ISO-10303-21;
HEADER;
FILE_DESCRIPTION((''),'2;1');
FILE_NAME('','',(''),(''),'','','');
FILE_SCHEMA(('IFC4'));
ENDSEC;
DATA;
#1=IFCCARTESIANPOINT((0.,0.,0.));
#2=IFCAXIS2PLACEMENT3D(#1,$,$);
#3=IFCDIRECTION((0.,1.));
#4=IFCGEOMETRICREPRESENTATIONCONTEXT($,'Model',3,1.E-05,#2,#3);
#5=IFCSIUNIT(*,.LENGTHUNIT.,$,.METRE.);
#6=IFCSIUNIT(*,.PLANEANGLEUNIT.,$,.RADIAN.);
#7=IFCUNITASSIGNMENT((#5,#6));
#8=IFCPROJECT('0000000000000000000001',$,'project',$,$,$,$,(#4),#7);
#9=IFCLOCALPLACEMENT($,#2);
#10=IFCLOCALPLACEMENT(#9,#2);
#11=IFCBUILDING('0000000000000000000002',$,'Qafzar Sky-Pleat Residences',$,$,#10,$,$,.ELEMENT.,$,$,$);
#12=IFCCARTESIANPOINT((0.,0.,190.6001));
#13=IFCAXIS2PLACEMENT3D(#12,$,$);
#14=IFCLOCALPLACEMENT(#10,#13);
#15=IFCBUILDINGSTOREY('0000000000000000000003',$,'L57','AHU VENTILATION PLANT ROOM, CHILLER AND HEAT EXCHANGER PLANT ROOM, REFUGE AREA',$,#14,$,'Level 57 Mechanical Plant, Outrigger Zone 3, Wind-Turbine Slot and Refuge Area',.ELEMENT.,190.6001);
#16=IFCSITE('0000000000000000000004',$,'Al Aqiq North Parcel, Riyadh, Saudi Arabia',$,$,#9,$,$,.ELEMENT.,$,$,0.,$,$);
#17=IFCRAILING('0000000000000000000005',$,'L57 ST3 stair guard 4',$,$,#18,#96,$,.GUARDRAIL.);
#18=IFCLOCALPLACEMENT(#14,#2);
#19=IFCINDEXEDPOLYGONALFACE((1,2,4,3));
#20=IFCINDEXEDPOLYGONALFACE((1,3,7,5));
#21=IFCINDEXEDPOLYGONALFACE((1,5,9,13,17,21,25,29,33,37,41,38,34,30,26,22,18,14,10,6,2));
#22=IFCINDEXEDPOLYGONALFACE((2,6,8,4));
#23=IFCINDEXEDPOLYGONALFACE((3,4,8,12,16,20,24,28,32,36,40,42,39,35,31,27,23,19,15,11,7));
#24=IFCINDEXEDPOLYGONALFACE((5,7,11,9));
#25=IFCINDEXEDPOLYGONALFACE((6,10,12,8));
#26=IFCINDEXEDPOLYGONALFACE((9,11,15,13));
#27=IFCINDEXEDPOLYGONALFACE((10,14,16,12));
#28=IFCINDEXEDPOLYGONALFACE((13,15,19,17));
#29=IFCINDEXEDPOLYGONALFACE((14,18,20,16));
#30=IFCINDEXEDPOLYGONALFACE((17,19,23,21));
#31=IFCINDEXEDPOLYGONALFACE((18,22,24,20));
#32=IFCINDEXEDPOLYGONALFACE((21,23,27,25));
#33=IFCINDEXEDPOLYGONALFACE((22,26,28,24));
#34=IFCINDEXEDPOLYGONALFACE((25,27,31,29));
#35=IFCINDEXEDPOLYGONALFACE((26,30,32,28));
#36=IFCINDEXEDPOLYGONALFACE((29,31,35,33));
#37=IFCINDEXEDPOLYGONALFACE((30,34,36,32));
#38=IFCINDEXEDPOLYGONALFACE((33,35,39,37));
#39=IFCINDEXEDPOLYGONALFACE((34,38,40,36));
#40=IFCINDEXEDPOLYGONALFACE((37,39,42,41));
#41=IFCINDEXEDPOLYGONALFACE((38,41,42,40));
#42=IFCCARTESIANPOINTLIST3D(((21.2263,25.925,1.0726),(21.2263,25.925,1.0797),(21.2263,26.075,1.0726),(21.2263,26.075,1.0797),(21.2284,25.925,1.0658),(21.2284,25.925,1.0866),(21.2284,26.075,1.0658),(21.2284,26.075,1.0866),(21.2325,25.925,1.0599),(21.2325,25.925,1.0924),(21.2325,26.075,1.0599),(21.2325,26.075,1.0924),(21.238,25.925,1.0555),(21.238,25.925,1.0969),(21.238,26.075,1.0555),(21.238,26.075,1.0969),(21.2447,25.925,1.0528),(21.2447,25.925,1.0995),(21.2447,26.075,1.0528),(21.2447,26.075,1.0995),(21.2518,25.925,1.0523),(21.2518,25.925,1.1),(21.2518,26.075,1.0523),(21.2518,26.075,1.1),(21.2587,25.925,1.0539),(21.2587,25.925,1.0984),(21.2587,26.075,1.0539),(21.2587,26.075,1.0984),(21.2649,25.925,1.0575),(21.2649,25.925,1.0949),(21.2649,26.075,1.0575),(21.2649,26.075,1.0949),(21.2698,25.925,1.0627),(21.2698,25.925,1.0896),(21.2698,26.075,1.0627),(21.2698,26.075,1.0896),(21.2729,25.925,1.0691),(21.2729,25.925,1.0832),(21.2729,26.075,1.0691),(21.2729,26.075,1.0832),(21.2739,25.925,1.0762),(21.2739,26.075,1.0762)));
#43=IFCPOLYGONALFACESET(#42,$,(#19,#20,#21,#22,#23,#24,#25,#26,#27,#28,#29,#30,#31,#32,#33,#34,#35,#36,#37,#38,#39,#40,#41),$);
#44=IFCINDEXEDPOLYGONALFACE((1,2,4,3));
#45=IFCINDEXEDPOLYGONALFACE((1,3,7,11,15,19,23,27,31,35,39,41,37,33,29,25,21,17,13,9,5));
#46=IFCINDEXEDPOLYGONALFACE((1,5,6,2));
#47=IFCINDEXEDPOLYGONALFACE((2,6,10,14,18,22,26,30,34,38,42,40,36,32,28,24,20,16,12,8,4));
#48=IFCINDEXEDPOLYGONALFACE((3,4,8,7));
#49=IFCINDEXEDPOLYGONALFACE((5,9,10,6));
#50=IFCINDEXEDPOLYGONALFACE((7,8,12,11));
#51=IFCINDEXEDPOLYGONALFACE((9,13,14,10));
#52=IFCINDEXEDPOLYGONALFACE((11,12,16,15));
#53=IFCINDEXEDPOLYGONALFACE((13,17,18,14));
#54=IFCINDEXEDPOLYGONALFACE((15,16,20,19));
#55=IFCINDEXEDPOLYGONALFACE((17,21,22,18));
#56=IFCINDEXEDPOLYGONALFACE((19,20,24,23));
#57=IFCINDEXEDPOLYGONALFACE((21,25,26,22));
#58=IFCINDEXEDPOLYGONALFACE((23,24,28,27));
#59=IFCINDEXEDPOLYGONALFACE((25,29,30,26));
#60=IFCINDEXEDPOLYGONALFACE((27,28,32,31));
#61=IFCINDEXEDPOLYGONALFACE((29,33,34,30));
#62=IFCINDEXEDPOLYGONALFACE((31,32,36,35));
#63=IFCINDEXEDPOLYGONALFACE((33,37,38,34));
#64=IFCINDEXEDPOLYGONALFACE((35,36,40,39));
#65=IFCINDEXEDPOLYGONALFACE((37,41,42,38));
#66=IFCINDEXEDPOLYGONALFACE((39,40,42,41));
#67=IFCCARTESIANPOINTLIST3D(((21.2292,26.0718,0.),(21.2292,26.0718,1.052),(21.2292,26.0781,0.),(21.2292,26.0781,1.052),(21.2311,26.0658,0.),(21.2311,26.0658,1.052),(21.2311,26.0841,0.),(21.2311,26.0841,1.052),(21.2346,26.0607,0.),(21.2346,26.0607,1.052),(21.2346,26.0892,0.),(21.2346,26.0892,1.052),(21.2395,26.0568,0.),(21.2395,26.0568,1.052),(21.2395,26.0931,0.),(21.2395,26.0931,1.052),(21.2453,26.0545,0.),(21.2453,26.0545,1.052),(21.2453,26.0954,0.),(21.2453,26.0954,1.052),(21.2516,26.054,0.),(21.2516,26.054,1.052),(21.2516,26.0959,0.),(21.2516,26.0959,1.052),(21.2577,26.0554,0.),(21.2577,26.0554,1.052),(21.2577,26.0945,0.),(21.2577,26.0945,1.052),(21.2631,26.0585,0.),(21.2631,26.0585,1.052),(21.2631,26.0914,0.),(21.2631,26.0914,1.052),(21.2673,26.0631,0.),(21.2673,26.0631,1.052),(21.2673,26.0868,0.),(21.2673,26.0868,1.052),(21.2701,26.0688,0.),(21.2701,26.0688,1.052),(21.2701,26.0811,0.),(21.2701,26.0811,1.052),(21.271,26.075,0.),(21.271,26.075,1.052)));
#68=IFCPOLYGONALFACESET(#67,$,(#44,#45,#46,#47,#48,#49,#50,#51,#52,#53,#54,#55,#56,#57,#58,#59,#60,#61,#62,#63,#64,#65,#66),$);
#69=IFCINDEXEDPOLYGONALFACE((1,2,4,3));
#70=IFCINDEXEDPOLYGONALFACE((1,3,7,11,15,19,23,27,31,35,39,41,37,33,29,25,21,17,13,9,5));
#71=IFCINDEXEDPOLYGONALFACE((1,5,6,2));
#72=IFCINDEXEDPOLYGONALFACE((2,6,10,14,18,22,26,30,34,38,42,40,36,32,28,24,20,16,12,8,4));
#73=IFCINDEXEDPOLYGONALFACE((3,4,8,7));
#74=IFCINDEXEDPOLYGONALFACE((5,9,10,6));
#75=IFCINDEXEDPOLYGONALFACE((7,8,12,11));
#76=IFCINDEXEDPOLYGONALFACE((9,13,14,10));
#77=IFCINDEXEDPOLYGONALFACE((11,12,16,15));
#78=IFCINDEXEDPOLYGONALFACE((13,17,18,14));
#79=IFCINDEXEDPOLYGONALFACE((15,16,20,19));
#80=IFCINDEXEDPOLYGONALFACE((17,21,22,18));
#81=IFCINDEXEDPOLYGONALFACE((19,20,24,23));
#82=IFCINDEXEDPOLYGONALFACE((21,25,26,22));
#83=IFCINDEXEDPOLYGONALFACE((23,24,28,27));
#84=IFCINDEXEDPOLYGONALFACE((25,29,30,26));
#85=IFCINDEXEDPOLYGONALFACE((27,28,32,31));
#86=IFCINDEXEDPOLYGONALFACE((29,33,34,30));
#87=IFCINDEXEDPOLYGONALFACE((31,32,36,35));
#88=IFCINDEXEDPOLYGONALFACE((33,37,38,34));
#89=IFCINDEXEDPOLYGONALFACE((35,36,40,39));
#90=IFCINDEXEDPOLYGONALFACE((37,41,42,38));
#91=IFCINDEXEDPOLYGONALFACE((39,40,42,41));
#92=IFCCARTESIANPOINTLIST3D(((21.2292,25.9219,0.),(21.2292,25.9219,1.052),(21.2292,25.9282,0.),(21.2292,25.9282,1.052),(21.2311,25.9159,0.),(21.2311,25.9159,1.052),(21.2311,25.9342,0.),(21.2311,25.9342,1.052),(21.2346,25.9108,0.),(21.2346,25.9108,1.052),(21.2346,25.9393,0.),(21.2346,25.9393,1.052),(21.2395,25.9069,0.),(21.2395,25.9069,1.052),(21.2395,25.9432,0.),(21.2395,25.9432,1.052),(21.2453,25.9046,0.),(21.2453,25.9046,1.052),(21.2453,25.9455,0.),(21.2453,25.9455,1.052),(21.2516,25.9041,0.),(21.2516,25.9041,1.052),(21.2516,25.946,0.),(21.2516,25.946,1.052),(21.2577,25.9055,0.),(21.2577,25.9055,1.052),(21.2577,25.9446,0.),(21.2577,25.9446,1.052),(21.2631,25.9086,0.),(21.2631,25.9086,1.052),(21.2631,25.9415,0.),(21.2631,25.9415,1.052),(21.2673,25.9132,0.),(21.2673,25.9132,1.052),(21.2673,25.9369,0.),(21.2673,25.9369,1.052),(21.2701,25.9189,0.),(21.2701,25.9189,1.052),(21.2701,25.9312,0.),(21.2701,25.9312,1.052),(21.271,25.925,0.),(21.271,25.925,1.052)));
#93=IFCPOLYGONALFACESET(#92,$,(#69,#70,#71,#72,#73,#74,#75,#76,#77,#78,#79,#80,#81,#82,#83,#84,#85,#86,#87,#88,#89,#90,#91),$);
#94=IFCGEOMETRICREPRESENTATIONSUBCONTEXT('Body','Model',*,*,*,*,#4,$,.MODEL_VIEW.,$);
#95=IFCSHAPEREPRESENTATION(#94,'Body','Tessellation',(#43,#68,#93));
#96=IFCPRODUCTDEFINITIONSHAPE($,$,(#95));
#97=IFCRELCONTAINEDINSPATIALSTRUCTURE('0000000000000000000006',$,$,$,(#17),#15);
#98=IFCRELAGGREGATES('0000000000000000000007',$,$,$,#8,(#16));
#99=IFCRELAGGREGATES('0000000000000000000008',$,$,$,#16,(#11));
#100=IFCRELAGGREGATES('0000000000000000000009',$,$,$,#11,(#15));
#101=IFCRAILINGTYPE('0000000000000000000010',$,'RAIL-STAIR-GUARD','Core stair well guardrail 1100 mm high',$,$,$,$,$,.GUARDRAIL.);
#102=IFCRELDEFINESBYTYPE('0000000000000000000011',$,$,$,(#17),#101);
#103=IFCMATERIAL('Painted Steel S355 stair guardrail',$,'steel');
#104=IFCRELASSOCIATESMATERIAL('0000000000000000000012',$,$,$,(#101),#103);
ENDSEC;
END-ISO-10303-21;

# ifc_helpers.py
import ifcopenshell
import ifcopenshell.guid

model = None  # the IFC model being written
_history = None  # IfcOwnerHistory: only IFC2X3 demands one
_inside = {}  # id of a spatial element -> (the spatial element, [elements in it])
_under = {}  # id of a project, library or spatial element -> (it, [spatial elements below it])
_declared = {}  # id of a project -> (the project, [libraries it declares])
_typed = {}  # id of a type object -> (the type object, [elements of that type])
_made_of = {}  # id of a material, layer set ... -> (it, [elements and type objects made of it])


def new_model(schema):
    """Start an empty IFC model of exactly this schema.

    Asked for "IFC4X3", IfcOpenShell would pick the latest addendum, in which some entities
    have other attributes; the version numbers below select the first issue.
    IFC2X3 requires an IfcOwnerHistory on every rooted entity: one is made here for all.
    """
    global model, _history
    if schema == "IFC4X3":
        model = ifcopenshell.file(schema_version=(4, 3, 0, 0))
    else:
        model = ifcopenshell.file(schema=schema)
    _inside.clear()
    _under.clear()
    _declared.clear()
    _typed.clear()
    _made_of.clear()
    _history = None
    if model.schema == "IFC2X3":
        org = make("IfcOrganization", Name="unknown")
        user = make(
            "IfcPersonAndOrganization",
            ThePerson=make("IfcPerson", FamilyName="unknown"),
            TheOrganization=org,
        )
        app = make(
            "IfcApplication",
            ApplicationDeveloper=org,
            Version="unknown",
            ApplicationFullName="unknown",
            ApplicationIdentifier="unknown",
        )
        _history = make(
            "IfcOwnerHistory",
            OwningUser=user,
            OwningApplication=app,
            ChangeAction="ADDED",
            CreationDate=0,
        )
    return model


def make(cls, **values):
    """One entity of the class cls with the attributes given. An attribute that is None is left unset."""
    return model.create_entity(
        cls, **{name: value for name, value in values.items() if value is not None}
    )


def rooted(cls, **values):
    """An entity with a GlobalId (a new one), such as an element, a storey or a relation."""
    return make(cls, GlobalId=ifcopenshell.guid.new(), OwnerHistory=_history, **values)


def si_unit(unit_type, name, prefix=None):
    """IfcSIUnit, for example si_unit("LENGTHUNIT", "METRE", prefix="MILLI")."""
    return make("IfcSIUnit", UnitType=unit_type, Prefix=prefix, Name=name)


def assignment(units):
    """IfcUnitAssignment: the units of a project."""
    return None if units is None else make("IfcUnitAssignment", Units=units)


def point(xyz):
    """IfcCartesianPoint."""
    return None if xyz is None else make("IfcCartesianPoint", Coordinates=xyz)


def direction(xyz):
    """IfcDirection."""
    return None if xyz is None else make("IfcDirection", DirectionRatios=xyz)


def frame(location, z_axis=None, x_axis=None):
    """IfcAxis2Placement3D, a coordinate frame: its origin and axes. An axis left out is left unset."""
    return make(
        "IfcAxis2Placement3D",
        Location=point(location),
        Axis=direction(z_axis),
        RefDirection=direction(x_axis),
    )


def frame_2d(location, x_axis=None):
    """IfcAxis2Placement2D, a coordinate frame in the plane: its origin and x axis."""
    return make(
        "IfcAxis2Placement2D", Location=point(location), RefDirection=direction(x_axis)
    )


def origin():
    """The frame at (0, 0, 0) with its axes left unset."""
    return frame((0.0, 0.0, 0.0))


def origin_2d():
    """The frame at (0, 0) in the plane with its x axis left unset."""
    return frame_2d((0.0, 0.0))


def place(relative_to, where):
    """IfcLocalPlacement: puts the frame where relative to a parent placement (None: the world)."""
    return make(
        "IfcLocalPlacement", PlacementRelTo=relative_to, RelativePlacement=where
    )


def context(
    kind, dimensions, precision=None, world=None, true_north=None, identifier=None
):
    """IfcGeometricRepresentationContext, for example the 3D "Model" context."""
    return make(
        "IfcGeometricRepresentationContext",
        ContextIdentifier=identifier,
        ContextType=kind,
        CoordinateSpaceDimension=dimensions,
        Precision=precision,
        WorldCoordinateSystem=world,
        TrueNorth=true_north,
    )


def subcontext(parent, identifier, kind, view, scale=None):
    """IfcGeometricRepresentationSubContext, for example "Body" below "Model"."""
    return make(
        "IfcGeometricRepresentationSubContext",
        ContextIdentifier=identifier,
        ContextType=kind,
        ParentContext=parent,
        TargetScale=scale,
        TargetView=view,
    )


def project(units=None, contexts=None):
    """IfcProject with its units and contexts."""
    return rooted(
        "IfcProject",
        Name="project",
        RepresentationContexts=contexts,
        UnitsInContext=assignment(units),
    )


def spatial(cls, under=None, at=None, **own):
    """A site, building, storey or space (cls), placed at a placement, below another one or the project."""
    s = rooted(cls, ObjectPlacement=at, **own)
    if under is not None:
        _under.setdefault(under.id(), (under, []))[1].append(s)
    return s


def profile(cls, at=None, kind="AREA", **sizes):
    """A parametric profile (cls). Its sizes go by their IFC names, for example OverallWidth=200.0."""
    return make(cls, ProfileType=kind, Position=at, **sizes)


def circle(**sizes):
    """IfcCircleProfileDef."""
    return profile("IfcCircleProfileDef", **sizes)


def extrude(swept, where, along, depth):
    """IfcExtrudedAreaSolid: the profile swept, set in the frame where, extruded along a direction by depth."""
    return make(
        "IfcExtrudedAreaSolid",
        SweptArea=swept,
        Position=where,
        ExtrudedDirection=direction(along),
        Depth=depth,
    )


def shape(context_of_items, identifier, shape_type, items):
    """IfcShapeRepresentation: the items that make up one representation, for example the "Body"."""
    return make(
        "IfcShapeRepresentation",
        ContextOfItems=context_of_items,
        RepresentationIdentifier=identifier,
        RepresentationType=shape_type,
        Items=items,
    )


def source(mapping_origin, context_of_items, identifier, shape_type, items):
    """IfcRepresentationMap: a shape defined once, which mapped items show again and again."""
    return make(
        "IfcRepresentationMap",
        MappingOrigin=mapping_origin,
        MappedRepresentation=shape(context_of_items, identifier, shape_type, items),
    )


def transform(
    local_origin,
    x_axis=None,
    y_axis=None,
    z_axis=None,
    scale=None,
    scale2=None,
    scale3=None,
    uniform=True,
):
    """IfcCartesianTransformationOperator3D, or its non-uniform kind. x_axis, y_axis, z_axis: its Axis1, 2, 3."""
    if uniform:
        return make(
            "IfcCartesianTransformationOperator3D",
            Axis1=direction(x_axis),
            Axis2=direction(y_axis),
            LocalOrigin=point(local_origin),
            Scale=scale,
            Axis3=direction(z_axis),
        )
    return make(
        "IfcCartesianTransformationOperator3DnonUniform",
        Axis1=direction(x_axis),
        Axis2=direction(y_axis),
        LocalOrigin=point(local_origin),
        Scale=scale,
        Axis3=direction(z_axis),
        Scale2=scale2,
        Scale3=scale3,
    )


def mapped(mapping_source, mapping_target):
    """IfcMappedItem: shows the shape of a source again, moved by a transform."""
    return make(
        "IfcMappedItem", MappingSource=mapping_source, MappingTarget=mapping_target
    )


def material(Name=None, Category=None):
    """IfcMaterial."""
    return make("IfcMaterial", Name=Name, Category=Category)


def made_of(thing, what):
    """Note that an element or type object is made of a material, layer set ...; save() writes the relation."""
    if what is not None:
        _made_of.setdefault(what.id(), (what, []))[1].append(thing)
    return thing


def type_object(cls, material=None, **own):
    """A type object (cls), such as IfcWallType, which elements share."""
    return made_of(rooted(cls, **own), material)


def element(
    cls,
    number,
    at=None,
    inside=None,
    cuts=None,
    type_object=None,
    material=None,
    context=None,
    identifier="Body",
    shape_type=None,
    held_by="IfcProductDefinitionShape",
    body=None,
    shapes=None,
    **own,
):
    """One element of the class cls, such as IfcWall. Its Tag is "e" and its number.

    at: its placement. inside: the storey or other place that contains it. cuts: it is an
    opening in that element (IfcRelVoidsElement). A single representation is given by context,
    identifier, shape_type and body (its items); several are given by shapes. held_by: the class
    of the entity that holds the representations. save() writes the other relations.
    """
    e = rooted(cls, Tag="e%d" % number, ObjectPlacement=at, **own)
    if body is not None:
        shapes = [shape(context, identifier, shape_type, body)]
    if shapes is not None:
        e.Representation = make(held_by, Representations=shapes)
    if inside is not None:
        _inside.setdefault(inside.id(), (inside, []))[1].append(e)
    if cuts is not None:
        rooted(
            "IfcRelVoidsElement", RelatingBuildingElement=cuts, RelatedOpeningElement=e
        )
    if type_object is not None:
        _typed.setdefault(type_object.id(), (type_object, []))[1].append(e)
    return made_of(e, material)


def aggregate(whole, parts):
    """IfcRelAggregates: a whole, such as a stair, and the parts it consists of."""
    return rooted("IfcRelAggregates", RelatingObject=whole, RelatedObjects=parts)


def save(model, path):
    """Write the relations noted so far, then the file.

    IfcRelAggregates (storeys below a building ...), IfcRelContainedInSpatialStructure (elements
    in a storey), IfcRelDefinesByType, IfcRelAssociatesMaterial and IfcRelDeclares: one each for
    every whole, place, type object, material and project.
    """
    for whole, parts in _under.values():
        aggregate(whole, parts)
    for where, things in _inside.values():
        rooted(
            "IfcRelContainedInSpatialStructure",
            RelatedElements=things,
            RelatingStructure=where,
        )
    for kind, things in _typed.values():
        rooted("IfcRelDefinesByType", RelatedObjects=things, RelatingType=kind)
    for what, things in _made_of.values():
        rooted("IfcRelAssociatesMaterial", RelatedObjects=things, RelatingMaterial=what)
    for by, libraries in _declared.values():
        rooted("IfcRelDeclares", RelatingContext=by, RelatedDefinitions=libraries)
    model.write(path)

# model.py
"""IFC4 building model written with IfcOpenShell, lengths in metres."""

from ifc_helpers import new_model, si_unit, direction, frame, origin, origin_2d, place, context, subcontext, project, spatial, circle, extrude, source, transform, mapped, material, type_object, element, save


model = new_model("IFC4")

# Units and contexts
model_context = context("Model", 3, precision=1e-05, world=origin(), true_north=direction((0.0, 1.0)))
body_context = subcontext(model_context, "Body", "Model", "MODEL_VIEW")
ifc_project = project(units=[si_unit("LENGTHUNIT", "METRE"), si_unit("PLANEANGLEUNIT", "RADIAN")], contexts=[model_context])

# Site, building, storey
site_placement = place(None, origin())
site = spatial("IfcSite", under=ifc_project, at=site_placement, Name="Al Aqiq North Parcel, Riyadh, Saudi Arabia", CompositionType="ELEMENT", RefElevation=0.0)
building_placement = place(site_placement, origin())
building = spatial("IfcBuilding", under=site, at=building_placement, Name="Qafzar Sky-Pleat Residences", CompositionType="ELEMENT")
storey_placement = place(building_placement, frame((0.0, 0.0, 190.6001)))
storey = spatial("IfcBuildingStorey", under=building, at=storey_placement, Name="L57", Description="AHU VENTILATION PLANT ROOM, CHILLER AND HEAT EXCHANGER PLANT ROOM, REFUGE AREA", LongName="Level 57 Mechanical Plant, Outrigger Zone 3, Wind-Turbine Slot and Refuge Area", CompositionType="ELEMENT", Elevation=190.6001)

# Railing
ifc_material_1 = material(Name="Painted Steel S355 stair guardrail", Category="steel")
railing_type_1 = type_object("IfcRailingType", Name="RAIL-STAIR-GUARD", Description="Core stair well guardrail 1100 mm high", PredefinedType="GUARDRAIL", material=ifc_material_1)
shared_shape_1 = source(origin(), body_context, "Body", "SweptSolid", [
    extrude(circle(Radius=0.0239, at=origin_2d()), frame((0.0, 0.0, 1.0762), z_axis=(0.0, -1.0, 0.0), x_axis=(1.0, 0.0, 0.0)), (0.0, 0.0, 1.0), 0.1499),
    extrude(circle(Radius=0.021, at=origin_2d()), origin(), (0.0, 0.0, 1.0), 1.052),
    extrude(circle(Radius=0.021, at=origin_2d()), frame((0.0, -0.1499, 0.0)), (0.0, 0.0, 1.0), 1.052),
])
for number, where, name in (
    (1, (21.25, 26.075, 0.0), "L57 ST3 stair guard 4"),
):
    element("IfcRailing", number, at=place(storey_placement, frame(where)), inside=storey, type_object=railing_type_1, Name=name, PredefinedType="GUARDRAIL", context=body_context, shape_type="MappedRepresentation", body=[
        mapped(shared_shape_1, transform((0.0, 0.0, 0.0), x_axis=(1.0, 0.0, 0.0), y_axis=(0.0, 1.0, 0.0), z_axis=(0.0, 0.0, 1.0), scale=1.0)),
    ])

save(model, "model.ifc")
